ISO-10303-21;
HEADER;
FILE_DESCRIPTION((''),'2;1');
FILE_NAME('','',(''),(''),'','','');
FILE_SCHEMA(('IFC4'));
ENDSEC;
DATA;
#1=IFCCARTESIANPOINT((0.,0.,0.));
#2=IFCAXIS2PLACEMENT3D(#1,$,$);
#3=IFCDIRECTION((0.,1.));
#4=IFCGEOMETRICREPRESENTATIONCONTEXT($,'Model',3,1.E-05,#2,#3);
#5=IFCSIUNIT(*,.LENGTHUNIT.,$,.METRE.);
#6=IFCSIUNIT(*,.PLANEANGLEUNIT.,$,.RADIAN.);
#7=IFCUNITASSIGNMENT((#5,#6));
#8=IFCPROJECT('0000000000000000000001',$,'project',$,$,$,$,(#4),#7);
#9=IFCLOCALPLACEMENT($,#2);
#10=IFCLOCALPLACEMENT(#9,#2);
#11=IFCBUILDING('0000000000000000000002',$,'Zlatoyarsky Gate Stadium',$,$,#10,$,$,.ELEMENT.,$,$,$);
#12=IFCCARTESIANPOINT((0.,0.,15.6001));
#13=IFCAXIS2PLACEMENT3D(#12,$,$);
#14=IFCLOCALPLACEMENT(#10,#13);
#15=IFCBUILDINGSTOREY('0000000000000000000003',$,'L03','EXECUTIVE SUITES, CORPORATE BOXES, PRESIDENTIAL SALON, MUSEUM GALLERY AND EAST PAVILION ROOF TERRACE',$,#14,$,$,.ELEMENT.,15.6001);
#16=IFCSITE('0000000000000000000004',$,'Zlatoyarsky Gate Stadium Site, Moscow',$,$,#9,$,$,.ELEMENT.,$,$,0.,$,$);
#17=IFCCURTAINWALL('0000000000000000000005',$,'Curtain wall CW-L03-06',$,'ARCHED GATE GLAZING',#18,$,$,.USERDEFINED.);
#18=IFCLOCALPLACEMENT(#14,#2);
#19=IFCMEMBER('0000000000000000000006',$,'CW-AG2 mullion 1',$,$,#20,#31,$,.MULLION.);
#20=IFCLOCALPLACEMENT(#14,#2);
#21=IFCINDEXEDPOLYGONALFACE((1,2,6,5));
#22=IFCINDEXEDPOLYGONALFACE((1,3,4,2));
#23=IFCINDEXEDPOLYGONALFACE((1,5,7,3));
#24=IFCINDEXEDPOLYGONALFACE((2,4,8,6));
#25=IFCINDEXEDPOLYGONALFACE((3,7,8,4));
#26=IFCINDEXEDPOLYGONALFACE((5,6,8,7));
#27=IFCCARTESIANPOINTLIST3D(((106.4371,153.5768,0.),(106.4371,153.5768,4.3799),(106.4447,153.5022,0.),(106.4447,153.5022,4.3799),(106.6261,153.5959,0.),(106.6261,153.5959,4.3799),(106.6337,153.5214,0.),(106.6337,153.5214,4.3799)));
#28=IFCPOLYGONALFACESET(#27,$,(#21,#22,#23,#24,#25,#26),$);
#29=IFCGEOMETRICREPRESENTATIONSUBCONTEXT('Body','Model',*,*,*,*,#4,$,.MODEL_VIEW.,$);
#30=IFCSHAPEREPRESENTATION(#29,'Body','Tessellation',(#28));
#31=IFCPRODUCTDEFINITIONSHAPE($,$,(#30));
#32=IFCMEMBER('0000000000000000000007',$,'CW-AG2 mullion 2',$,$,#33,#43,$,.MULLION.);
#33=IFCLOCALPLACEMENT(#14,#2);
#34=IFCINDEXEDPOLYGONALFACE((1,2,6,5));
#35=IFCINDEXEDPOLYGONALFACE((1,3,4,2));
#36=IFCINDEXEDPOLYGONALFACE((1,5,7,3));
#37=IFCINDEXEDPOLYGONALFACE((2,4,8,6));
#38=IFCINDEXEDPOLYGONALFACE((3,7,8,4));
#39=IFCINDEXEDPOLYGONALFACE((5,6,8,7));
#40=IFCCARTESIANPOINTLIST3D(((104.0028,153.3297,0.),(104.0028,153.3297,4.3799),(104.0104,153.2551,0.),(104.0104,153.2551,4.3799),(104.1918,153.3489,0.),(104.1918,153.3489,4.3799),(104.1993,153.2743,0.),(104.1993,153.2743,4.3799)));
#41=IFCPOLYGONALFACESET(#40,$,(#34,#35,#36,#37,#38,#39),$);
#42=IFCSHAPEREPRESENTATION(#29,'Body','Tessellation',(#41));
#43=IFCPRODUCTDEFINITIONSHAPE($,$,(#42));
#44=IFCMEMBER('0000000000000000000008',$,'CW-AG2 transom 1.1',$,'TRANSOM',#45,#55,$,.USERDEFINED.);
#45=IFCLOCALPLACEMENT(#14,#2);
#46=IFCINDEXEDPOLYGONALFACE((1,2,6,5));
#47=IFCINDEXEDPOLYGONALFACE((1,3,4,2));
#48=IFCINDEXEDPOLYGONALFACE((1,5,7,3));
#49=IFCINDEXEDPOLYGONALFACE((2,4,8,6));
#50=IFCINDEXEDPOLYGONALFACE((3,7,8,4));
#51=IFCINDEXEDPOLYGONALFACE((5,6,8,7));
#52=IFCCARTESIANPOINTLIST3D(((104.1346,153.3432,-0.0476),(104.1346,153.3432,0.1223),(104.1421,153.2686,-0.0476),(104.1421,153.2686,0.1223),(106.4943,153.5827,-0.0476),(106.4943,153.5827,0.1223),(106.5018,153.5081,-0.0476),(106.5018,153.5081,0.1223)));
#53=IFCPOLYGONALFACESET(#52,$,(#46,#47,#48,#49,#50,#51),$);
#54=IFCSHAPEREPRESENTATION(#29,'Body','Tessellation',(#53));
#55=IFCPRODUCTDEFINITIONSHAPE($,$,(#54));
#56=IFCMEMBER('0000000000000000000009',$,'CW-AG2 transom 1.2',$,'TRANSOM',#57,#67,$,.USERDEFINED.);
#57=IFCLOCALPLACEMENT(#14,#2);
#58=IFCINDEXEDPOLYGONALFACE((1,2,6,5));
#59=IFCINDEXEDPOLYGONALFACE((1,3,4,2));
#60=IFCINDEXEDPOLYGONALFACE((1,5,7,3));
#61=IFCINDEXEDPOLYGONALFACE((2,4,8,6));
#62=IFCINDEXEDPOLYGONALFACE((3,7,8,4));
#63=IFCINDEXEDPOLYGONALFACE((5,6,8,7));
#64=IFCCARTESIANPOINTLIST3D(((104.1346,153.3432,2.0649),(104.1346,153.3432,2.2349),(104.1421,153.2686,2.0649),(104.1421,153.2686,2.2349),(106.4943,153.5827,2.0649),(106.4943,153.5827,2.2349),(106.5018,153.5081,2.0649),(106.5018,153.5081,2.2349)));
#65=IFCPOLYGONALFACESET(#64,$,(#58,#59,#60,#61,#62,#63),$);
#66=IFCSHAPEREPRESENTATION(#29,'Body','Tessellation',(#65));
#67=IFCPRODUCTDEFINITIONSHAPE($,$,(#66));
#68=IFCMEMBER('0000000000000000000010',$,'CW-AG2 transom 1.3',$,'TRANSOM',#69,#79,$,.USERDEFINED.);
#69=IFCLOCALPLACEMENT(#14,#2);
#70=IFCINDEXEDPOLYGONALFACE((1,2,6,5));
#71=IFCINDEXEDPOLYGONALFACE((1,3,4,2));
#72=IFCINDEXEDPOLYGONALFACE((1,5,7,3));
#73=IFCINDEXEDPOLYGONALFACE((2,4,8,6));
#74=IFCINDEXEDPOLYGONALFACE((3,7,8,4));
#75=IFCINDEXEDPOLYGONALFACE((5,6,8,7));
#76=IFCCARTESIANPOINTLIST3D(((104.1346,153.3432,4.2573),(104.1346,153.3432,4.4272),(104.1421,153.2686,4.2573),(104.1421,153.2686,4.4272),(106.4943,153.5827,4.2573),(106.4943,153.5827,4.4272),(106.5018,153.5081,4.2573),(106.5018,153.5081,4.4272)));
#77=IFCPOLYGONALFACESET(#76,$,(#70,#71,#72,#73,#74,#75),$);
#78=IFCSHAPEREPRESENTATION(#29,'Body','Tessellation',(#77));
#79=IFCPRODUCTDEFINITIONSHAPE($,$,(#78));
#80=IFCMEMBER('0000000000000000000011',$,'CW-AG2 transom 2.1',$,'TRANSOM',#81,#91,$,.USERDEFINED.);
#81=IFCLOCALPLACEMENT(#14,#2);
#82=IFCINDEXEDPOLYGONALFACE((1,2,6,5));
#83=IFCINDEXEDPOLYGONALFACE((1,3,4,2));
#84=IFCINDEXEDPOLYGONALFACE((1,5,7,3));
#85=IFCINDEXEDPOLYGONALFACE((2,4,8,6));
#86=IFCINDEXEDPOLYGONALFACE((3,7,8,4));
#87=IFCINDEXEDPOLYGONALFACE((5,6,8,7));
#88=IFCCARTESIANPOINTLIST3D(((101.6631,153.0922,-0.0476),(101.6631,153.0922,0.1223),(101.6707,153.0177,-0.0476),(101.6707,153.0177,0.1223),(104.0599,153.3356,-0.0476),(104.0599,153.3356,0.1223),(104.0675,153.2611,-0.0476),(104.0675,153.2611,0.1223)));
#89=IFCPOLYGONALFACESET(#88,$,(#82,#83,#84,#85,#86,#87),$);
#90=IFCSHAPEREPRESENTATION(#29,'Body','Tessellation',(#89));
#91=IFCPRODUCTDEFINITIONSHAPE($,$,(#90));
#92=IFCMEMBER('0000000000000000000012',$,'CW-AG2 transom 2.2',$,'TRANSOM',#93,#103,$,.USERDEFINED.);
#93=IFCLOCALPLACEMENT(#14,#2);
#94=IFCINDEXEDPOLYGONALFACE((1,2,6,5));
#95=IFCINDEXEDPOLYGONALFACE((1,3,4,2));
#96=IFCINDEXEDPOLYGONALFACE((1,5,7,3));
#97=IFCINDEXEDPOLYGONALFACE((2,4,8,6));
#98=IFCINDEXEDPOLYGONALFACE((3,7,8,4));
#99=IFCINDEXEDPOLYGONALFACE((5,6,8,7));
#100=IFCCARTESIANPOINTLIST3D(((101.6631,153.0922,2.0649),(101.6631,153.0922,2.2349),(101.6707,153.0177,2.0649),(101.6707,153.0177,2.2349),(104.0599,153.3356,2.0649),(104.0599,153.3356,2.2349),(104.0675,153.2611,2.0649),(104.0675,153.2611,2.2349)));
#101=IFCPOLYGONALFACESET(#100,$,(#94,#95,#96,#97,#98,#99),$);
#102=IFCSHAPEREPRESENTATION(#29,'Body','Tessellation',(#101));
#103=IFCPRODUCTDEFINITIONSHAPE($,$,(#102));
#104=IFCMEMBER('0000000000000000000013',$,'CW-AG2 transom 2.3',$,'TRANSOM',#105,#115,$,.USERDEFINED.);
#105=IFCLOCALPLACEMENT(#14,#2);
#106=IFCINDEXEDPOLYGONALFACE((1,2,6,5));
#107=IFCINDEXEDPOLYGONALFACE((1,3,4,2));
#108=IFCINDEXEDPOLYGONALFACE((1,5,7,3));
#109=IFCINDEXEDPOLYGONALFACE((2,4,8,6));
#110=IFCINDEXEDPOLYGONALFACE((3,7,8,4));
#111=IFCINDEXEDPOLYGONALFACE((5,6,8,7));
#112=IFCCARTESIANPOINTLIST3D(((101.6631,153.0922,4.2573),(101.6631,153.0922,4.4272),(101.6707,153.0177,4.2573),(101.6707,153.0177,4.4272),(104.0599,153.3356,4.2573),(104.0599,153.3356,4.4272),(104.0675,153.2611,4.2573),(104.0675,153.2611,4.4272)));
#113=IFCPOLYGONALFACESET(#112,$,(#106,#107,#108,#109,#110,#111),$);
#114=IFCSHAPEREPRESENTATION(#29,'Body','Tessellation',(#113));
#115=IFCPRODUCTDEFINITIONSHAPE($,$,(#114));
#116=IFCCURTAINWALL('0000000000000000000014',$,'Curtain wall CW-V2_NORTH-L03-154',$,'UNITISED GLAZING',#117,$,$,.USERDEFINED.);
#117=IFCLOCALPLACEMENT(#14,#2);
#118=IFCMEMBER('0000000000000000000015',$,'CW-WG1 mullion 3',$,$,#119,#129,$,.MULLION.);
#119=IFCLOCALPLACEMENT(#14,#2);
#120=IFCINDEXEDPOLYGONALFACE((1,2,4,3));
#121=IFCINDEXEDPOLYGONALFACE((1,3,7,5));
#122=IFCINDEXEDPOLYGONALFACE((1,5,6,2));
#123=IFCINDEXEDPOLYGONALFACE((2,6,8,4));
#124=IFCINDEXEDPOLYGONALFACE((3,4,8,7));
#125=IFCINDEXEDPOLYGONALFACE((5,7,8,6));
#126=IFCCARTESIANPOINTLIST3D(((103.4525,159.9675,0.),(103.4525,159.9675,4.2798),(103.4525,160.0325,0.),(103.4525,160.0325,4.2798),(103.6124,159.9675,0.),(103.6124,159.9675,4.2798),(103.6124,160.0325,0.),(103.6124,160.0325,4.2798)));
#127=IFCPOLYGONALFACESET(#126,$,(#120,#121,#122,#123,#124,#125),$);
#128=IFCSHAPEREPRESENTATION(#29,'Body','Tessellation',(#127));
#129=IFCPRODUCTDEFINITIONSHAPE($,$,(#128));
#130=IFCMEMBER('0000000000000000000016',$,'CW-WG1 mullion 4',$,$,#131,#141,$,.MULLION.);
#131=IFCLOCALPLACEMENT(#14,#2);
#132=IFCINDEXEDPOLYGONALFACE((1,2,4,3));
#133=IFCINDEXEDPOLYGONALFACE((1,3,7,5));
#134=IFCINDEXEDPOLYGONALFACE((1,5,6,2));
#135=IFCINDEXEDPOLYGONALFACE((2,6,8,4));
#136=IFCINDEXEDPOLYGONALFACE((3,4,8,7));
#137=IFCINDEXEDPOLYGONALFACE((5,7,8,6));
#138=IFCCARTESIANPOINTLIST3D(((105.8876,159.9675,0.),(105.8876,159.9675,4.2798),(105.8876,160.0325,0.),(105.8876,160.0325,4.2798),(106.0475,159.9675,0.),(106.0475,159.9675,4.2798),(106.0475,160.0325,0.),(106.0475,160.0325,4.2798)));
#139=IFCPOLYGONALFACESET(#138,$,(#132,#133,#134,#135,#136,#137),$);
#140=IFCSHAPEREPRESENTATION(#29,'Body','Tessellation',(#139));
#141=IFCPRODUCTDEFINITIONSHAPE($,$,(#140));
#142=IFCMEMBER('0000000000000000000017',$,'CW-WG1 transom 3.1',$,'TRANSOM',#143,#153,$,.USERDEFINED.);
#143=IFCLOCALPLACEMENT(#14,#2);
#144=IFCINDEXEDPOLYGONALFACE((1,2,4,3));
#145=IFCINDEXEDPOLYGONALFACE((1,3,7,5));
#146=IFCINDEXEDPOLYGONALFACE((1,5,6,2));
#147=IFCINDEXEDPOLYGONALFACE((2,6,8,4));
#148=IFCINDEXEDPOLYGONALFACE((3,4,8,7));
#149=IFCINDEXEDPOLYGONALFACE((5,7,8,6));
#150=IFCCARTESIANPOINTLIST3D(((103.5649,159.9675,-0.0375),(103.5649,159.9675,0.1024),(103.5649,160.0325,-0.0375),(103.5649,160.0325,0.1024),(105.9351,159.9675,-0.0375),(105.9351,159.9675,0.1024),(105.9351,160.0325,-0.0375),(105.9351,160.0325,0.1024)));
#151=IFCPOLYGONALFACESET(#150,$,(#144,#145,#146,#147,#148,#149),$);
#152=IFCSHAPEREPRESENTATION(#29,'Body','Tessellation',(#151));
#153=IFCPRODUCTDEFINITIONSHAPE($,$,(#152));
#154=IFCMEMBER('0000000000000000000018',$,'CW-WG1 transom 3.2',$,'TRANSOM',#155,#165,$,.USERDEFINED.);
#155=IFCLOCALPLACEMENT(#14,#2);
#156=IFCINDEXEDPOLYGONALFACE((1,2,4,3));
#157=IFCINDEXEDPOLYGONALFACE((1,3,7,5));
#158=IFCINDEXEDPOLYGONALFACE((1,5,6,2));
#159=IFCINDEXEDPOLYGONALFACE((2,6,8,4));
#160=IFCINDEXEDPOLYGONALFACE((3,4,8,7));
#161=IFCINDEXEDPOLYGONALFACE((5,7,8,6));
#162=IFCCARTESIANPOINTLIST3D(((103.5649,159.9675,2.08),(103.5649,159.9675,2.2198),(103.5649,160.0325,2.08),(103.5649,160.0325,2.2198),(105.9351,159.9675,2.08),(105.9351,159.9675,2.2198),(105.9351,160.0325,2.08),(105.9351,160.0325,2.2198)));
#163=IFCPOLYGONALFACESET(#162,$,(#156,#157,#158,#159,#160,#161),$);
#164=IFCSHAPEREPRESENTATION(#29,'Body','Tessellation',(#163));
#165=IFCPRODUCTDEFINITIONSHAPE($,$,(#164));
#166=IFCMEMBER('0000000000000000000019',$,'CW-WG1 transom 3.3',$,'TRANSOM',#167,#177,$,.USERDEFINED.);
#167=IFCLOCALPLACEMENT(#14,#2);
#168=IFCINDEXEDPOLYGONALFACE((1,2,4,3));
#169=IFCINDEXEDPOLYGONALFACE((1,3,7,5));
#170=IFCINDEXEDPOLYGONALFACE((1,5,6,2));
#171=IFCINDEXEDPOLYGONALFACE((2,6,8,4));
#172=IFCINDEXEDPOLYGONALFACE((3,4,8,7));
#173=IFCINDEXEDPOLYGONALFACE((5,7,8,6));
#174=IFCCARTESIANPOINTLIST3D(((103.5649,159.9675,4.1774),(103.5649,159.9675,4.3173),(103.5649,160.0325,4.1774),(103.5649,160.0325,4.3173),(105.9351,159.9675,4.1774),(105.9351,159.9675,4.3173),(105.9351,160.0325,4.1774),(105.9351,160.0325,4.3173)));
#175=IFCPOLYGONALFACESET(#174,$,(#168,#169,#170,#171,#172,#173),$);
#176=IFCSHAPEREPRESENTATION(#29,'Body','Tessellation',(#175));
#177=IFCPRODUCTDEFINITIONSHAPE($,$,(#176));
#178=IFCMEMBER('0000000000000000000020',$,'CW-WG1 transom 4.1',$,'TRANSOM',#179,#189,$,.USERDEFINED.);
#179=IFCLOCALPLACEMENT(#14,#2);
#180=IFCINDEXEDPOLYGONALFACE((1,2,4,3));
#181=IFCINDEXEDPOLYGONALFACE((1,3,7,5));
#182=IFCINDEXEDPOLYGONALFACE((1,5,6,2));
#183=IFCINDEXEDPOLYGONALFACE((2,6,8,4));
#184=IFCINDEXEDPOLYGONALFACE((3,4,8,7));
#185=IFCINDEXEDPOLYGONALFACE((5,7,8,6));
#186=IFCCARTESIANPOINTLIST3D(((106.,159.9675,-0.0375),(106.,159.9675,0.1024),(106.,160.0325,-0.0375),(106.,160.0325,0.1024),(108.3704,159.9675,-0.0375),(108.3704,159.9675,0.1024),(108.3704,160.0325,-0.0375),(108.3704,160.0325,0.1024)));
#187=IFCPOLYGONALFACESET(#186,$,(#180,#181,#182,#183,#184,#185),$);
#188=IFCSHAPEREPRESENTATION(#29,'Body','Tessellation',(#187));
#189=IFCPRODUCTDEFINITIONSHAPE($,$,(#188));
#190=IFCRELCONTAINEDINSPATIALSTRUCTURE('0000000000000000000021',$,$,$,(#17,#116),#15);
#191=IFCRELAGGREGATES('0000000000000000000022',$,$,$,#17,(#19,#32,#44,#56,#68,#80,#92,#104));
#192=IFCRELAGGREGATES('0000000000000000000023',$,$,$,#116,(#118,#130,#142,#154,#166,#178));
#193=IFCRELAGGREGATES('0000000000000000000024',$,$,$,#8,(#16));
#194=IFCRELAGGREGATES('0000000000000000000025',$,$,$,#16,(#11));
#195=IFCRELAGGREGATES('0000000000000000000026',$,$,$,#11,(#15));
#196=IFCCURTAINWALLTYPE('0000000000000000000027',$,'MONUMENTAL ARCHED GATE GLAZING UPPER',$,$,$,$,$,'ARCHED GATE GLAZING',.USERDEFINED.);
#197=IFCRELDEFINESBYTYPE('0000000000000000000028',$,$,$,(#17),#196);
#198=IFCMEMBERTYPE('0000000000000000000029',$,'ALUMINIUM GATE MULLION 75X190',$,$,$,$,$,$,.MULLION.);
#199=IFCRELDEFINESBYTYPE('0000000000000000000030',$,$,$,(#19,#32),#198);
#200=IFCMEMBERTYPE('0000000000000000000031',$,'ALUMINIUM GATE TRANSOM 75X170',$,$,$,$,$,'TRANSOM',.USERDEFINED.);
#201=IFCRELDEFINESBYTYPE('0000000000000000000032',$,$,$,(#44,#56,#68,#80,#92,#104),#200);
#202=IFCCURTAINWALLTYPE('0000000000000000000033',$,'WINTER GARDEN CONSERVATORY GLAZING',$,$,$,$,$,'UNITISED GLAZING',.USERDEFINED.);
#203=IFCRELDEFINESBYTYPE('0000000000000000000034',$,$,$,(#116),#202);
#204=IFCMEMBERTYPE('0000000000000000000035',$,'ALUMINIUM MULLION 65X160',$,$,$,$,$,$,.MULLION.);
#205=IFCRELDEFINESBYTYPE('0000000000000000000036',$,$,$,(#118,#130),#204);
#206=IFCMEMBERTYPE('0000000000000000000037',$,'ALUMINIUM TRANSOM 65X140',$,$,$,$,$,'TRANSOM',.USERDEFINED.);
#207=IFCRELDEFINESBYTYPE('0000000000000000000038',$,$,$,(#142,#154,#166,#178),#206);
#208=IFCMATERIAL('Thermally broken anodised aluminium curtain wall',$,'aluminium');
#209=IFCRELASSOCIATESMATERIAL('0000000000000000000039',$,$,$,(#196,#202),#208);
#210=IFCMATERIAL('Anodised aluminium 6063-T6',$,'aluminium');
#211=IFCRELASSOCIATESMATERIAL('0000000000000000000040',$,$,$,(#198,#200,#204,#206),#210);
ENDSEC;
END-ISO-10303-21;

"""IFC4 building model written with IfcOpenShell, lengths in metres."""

from ifc_helpers import new_model, si_unit, direction, frame, origin, origin_2d, place, context, subcontext, project, spatial, rectangle, extrude, material, material_profile, profile_set, type_object, element, aggregate, save


model = new_model("IFC4")

# Units and contexts
model_context = context("Model", 3, precision=1e-05, world=origin(), true_north=direction((0.0, 1.0)))
body_context = subcontext(model_context, "Body", "Model", "MODEL_VIEW")
ifc_project = project(units=[si_unit("LENGTHUNIT", "METRE"), si_unit("PLANEANGLEUNIT", "RADIAN")], contexts=[model_context])

# Site, building, storey
site_placement = place(None, origin())
site = spatial("IfcSite", under=ifc_project, at=site_placement, Name="Zlatoyarsky Gate Stadium Site, Moscow", CompositionType="ELEMENT", RefElevation=0.0)
building_placement = place(site_placement, origin())
building = spatial("IfcBuilding", under=site, at=building_placement, Name="Zlatoyarsky Gate Stadium", CompositionType="ELEMENT")
storey_placement = place(building_placement, frame((0.0, 0.0, 15.6001)))
storey = spatial("IfcBuildingStorey", under=building, at=storey_placement, Name="L03", Description="EXECUTIVE SUITES, CORPORATE BOXES, PRESIDENTIAL SALON, MUSEUM GALLERY AND EAST PAVILION ROOF TERRACE", CompositionType="ELEMENT", Elevation=15.6001)

# Curtain walls, members
ifc_material_1 = material(Name="Thermally broken anodised aluminium curtain wall", Category="aluminium")
curtain_wall_type_1 = type_object("IfcCurtainWallType", Name="MONUMENTAL ARCHED GATE GLAZING UPPER", ElementType="ARCHED GATE GLAZING", PredefinedType="USERDEFINED", material=ifc_material_1)
curtain_wall_1_placement = place(storey_placement, origin())
curtain_wall_1 = element("IfcCurtainWall", 1, at=curtain_wall_1_placement, inside=storey, type_object=curtain_wall_type_1, Name="Curtain wall CW-L03-06", ObjectType="ARCHED GATE GLAZING", PredefinedType="USERDEFINED")
ifc_material_2 = material(Name="Anodised aluminium 6063-T6", Category="aluminium")
ifc_material_profile_1 = material_profile(ifc_material_2, rectangle(XDim=0.075, YDim=0.1899, at=origin_2d()), Name="ALU 75X190")
ifc_profile_set_1 = profile_set([ifc_material_profile_1], Name="Anodised aluminium 6063-T6")
member_type_1 = type_object("IfcMemberType", Name="ALUMINIUM GATE MULLION 75X190", PredefinedType="MULLION", material=ifc_profile_set_1)
member_1_placement = place(storey_placement, frame((106.5354, 153.5491, 0.0), z_axis=(0.0, 0.0, 1.0), x_axis=(0.100967, -0.99489, 0.0)))
member_1 = element("IfcMember", 2, at=member_1_placement, type_object=member_type_1, Name="CW-AG2 mullion 1", PredefinedType="MULLION", context=body_context, shape_type="SweptSolid", body=[
    extrude(rectangle(XDim=0.075, YDim=0.1899, at=origin_2d()), origin(), (0.0, 0.0, 1.0), 4.3799),
])
member_2_placement = place(storey_placement, frame((104.1011, 153.302, 0.0), z_axis=(0.0, 0.0, 1.0), x_axis=(0.100967, -0.99489, 0.0)))
member_2 = element("IfcMember", 3, at=member_2_placement, type_object=member_type_1, Name="CW-AG2 mullion 2", PredefinedType="MULLION", context=body_context, shape_type="SweptSolid", body=[
    extrude(rectangle(XDim=0.075, YDim=0.1899, at=origin_2d()), origin(), (0.0, 0.0, 1.0), 4.3799),
])
ifc_material_profile_2 = material_profile(ifc_material_2, rectangle(XDim=0.075, YDim=0.1699, at=origin_2d()), Name="ALU 75X170")
ifc_profile_set_2 = profile_set([ifc_material_profile_2], Name="Anodised aluminium 6063-T6")
member_type_2 = type_object("IfcMemberType", Name="ALUMINIUM GATE TRANSOM 75X170", ElementType="TRANSOM", PredefinedType="USERDEFINED", material=ifc_profile_set_2)
member_3_placement = place(storey_placement, frame((106.498, 153.5454, 0.0374), z_axis=(-0.994888, -0.100981, 0.0), x_axis=(0.100981, -0.994888, 0.0)))
member_3 = element("IfcMember", 4, at=member_3_placement, type_object=member_type_2, Name="CW-AG2 transom 1.1", ObjectType="TRANSOM", PredefinedType="USERDEFINED", context=body_context, shape_type="SweptSolid", body=[
    extrude(rectangle(XDim=0.075, YDim=0.1699, at=origin_2d()), origin(), (0.0, 0.0, 1.0), 2.3718),
])
member_4_placement = place(storey_placement, frame((106.498, 153.5454, 2.1499), z_axis=(-0.994888, -0.100981, 0.0), x_axis=(0.100981, -0.994888, 0.0)))
member_4 = element("IfcMember", 5, at=member_4_placement, type_object=member_type_2, Name="CW-AG2 transom 1.2", ObjectType="TRANSOM", PredefinedType="USERDEFINED", context=body_context, shape_type="SweptSolid", body=[
    extrude(rectangle(XDim=0.075, YDim=0.1699, at=origin_2d()), origin(), (0.0, 0.0, 1.0), 2.3718),
])
member_5_placement = place(storey_placement, frame((106.498, 153.5454, 4.3423), z_axis=(-0.994888, -0.100981, 0.0), x_axis=(0.100981, -0.994888, 0.0)))
member_5 = element("IfcMember", 6, at=member_5_placement, type_object=member_type_2, Name="CW-AG2 transom 1.3", ObjectType="TRANSOM", PredefinedType="USERDEFINED", context=body_context, shape_type="SweptSolid", body=[
    extrude(rectangle(XDim=0.075, YDim=0.1699, at=origin_2d()), origin(), (0.0, 0.0, 1.0), 2.3718),
])
member_6_placement = place(storey_placement, frame((104.0637, 153.2983, 0.0374), z_axis=(-0.994884, -0.101029, 0.0), x_axis=(0.101029, -0.994884, 0.0)))
member_6 = element("IfcMember", 7, at=member_6_placement, type_object=member_type_2, Name="CW-AG2 transom 2.1", ObjectType="TRANSOM", PredefinedType="USERDEFINED", context=body_context, shape_type="SweptSolid", body=[
    extrude(rectangle(XDim=0.075, YDim=0.1699, at=origin_2d()), origin(), (0.0, 0.0, 1.0), 2.4092),
])
member_7_placement = place(storey_placement, frame((104.0637, 153.2983, 2.1499), z_axis=(-0.994884, -0.101029, 0.0), x_axis=(0.101029, -0.994884, 0.0)))
member_7 = element("IfcMember", 8, at=member_7_placement, type_object=member_type_2, Name="CW-AG2 transom 2.2", ObjectType="TRANSOM", PredefinedType="USERDEFINED", context=body_context, shape_type="SweptSolid", body=[
    extrude(rectangle(XDim=0.075, YDim=0.1699, at=origin_2d()), origin(), (0.0, 0.0, 1.0), 2.4092),
])
member_8_placement = place(storey_placement, frame((104.0637, 153.2983, 4.3423), z_axis=(-0.994884, -0.101029, 0.0), x_axis=(0.101029, -0.994884, 0.0)))
member_8 = element("IfcMember", 9, at=member_8_placement, type_object=member_type_2, Name="CW-AG2 transom 2.3", ObjectType="TRANSOM", PredefinedType="USERDEFINED", context=body_context, shape_type="SweptSolid", body=[
    extrude(rectangle(XDim=0.075, YDim=0.1699, at=origin_2d()), origin(), (0.0, 0.0, 1.0), 2.4092),
])
curtain_wall_type_2 = type_object("IfcCurtainWallType", Name="WINTER GARDEN CONSERVATORY GLAZING", ElementType="UNITISED GLAZING", PredefinedType="USERDEFINED", material=ifc_material_1)
curtain_wall_2_placement = place(storey_placement, origin())
curtain_wall_2 = element("IfcCurtainWall", 10, at=curtain_wall_2_placement, inside=storey, type_object=curtain_wall_type_2, Name="Curtain wall CW-V2_NORTH-L03-154", ObjectType="UNITISED GLAZING", PredefinedType="USERDEFINED")
ifc_material_profile_3 = material_profile(ifc_material_2, rectangle(XDim=0.0649, YDim=0.1599, at=origin_2d()), Name="ALU 65X160")
ifc_profile_set_3 = profile_set([ifc_material_profile_3], Name="Anodised aluminium 6063-T6")
member_type_3 = type_object("IfcMemberType", Name="ALUMINIUM MULLION 65X160", PredefinedType="MULLION", material=ifc_profile_set_3)
member_9_placement = place(storey_placement, frame((103.5325, 160.0, 0.0), z_axis=(0.0, 0.0, 1.0), x_axis=(0.0, 1.0, 0.0)))
member_9 = element("IfcMember", 11, at=member_9_placement, type_object=member_type_3, Name="CW-WG1 mullion 3", PredefinedType="MULLION", context=body_context, shape_type="SweptSolid", body=[
    extrude(rectangle(XDim=0.0649, YDim=0.1599, at=origin_2d()), origin(), (0.0, 0.0, 1.0), 4.2798),
])
member_10_placement = place(storey_placement, frame((105.9675, 160.0, 0.0), z_axis=(0.0, 0.0, 1.0), x_axis=(0.0, 1.0, 0.0)))
member_10 = element("IfcMember", 12, at=member_10_placement, type_object=member_type_3, Name="CW-WG1 mullion 4", PredefinedType="MULLION", context=body_context, shape_type="SweptSolid", body=[
    extrude(rectangle(XDim=0.0649, YDim=0.1599, at=origin_2d()), origin(), (0.0, 0.0, 1.0), 4.2798),
])
ifc_material_profile_4 = material_profile(ifc_material_2, rectangle(XDim=0.0649, YDim=0.1399, at=origin_2d()), Name="ALU 65X140")
ifc_profile_set_4 = profile_set([ifc_material_profile_4], Name="Anodised aluminium 6063-T6")
member_type_4 = type_object("IfcMemberType", Name="ALUMINIUM TRANSOM 65X140", ElementType="TRANSOM", PredefinedType="USERDEFINED", material=ifc_profile_set_4)
member_11_placement = place(storey_placement, frame((103.5649, 160.0, 0.0325), z_axis=(1.0, 0.0, 0.0), x_axis=(0.0, 1.0, 0.0)))
member_11 = element("IfcMember", 13, at=member_11_placement, type_object=member_type_4, Name="CW-WG1 transom 3.1", ObjectType="TRANSOM", PredefinedType="USERDEFINED", context=body_context, shape_type="SweptSolid", body=[
    extrude(rectangle(XDim=0.0649, YDim=0.1399, at=origin_2d()), origin(), (0.0, 0.0, 1.0), 2.3701),
])
member_12_placement = place(storey_placement, frame((103.5649, 160.0, 2.1499), z_axis=(1.0, 0.0, 0.0), x_axis=(0.0, 1.0, 0.0)))
member_12 = element("IfcMember", 14, at=member_12_placement, type_object=member_type_4, Name="CW-WG1 transom 3.2", ObjectType="TRANSOM", PredefinedType="USERDEFINED", context=body_context, shape_type="SweptSolid", body=[
    extrude(rectangle(XDim=0.0649, YDim=0.1399, at=origin_2d()), origin(), (0.0, 0.0, 1.0), 2.3701),
])
member_13_placement = place(storey_placement, frame((103.5649, 160.0, 4.2473), z_axis=(1.0, 0.0, 0.0), x_axis=(0.0, 1.0, 0.0)))
member_13 = element("IfcMember", 15, at=member_13_placement, type_object=member_type_4, Name="CW-WG1 transom 3.3", ObjectType="TRANSOM", PredefinedType="USERDEFINED", context=body_context, shape_type="SweptSolid", body=[
    extrude(rectangle(XDim=0.0649, YDim=0.1399, at=origin_2d()), origin(), (0.0, 0.0, 1.0), 2.3701),
])
member_14_placement = place(storey_placement, frame((106.0, 160.0, 0.0325), z_axis=(1.0, 0.0, 0.0), x_axis=(0.0, 1.0, 0.0)))
member_14 = element("IfcMember", 16, at=member_14_placement, type_object=member_type_4, Name="CW-WG1 transom 4.1", ObjectType="TRANSOM", PredefinedType="USERDEFINED", context=body_context, shape_type="SweptSolid", body=[
    extrude(rectangle(XDim=0.0649, YDim=0.1399, at=origin_2d()), origin(), (0.0, 0.0, 1.0), 2.3704),
])

aggregate(curtain_wall_1, [member_1, member_2, member_3, member_4, member_5, member_6, member_7, member_8])
aggregate(curtain_wall_2, [member_9, member_10, member_11, member_12, member_13, member_14])

save(model, "model.ifc")
